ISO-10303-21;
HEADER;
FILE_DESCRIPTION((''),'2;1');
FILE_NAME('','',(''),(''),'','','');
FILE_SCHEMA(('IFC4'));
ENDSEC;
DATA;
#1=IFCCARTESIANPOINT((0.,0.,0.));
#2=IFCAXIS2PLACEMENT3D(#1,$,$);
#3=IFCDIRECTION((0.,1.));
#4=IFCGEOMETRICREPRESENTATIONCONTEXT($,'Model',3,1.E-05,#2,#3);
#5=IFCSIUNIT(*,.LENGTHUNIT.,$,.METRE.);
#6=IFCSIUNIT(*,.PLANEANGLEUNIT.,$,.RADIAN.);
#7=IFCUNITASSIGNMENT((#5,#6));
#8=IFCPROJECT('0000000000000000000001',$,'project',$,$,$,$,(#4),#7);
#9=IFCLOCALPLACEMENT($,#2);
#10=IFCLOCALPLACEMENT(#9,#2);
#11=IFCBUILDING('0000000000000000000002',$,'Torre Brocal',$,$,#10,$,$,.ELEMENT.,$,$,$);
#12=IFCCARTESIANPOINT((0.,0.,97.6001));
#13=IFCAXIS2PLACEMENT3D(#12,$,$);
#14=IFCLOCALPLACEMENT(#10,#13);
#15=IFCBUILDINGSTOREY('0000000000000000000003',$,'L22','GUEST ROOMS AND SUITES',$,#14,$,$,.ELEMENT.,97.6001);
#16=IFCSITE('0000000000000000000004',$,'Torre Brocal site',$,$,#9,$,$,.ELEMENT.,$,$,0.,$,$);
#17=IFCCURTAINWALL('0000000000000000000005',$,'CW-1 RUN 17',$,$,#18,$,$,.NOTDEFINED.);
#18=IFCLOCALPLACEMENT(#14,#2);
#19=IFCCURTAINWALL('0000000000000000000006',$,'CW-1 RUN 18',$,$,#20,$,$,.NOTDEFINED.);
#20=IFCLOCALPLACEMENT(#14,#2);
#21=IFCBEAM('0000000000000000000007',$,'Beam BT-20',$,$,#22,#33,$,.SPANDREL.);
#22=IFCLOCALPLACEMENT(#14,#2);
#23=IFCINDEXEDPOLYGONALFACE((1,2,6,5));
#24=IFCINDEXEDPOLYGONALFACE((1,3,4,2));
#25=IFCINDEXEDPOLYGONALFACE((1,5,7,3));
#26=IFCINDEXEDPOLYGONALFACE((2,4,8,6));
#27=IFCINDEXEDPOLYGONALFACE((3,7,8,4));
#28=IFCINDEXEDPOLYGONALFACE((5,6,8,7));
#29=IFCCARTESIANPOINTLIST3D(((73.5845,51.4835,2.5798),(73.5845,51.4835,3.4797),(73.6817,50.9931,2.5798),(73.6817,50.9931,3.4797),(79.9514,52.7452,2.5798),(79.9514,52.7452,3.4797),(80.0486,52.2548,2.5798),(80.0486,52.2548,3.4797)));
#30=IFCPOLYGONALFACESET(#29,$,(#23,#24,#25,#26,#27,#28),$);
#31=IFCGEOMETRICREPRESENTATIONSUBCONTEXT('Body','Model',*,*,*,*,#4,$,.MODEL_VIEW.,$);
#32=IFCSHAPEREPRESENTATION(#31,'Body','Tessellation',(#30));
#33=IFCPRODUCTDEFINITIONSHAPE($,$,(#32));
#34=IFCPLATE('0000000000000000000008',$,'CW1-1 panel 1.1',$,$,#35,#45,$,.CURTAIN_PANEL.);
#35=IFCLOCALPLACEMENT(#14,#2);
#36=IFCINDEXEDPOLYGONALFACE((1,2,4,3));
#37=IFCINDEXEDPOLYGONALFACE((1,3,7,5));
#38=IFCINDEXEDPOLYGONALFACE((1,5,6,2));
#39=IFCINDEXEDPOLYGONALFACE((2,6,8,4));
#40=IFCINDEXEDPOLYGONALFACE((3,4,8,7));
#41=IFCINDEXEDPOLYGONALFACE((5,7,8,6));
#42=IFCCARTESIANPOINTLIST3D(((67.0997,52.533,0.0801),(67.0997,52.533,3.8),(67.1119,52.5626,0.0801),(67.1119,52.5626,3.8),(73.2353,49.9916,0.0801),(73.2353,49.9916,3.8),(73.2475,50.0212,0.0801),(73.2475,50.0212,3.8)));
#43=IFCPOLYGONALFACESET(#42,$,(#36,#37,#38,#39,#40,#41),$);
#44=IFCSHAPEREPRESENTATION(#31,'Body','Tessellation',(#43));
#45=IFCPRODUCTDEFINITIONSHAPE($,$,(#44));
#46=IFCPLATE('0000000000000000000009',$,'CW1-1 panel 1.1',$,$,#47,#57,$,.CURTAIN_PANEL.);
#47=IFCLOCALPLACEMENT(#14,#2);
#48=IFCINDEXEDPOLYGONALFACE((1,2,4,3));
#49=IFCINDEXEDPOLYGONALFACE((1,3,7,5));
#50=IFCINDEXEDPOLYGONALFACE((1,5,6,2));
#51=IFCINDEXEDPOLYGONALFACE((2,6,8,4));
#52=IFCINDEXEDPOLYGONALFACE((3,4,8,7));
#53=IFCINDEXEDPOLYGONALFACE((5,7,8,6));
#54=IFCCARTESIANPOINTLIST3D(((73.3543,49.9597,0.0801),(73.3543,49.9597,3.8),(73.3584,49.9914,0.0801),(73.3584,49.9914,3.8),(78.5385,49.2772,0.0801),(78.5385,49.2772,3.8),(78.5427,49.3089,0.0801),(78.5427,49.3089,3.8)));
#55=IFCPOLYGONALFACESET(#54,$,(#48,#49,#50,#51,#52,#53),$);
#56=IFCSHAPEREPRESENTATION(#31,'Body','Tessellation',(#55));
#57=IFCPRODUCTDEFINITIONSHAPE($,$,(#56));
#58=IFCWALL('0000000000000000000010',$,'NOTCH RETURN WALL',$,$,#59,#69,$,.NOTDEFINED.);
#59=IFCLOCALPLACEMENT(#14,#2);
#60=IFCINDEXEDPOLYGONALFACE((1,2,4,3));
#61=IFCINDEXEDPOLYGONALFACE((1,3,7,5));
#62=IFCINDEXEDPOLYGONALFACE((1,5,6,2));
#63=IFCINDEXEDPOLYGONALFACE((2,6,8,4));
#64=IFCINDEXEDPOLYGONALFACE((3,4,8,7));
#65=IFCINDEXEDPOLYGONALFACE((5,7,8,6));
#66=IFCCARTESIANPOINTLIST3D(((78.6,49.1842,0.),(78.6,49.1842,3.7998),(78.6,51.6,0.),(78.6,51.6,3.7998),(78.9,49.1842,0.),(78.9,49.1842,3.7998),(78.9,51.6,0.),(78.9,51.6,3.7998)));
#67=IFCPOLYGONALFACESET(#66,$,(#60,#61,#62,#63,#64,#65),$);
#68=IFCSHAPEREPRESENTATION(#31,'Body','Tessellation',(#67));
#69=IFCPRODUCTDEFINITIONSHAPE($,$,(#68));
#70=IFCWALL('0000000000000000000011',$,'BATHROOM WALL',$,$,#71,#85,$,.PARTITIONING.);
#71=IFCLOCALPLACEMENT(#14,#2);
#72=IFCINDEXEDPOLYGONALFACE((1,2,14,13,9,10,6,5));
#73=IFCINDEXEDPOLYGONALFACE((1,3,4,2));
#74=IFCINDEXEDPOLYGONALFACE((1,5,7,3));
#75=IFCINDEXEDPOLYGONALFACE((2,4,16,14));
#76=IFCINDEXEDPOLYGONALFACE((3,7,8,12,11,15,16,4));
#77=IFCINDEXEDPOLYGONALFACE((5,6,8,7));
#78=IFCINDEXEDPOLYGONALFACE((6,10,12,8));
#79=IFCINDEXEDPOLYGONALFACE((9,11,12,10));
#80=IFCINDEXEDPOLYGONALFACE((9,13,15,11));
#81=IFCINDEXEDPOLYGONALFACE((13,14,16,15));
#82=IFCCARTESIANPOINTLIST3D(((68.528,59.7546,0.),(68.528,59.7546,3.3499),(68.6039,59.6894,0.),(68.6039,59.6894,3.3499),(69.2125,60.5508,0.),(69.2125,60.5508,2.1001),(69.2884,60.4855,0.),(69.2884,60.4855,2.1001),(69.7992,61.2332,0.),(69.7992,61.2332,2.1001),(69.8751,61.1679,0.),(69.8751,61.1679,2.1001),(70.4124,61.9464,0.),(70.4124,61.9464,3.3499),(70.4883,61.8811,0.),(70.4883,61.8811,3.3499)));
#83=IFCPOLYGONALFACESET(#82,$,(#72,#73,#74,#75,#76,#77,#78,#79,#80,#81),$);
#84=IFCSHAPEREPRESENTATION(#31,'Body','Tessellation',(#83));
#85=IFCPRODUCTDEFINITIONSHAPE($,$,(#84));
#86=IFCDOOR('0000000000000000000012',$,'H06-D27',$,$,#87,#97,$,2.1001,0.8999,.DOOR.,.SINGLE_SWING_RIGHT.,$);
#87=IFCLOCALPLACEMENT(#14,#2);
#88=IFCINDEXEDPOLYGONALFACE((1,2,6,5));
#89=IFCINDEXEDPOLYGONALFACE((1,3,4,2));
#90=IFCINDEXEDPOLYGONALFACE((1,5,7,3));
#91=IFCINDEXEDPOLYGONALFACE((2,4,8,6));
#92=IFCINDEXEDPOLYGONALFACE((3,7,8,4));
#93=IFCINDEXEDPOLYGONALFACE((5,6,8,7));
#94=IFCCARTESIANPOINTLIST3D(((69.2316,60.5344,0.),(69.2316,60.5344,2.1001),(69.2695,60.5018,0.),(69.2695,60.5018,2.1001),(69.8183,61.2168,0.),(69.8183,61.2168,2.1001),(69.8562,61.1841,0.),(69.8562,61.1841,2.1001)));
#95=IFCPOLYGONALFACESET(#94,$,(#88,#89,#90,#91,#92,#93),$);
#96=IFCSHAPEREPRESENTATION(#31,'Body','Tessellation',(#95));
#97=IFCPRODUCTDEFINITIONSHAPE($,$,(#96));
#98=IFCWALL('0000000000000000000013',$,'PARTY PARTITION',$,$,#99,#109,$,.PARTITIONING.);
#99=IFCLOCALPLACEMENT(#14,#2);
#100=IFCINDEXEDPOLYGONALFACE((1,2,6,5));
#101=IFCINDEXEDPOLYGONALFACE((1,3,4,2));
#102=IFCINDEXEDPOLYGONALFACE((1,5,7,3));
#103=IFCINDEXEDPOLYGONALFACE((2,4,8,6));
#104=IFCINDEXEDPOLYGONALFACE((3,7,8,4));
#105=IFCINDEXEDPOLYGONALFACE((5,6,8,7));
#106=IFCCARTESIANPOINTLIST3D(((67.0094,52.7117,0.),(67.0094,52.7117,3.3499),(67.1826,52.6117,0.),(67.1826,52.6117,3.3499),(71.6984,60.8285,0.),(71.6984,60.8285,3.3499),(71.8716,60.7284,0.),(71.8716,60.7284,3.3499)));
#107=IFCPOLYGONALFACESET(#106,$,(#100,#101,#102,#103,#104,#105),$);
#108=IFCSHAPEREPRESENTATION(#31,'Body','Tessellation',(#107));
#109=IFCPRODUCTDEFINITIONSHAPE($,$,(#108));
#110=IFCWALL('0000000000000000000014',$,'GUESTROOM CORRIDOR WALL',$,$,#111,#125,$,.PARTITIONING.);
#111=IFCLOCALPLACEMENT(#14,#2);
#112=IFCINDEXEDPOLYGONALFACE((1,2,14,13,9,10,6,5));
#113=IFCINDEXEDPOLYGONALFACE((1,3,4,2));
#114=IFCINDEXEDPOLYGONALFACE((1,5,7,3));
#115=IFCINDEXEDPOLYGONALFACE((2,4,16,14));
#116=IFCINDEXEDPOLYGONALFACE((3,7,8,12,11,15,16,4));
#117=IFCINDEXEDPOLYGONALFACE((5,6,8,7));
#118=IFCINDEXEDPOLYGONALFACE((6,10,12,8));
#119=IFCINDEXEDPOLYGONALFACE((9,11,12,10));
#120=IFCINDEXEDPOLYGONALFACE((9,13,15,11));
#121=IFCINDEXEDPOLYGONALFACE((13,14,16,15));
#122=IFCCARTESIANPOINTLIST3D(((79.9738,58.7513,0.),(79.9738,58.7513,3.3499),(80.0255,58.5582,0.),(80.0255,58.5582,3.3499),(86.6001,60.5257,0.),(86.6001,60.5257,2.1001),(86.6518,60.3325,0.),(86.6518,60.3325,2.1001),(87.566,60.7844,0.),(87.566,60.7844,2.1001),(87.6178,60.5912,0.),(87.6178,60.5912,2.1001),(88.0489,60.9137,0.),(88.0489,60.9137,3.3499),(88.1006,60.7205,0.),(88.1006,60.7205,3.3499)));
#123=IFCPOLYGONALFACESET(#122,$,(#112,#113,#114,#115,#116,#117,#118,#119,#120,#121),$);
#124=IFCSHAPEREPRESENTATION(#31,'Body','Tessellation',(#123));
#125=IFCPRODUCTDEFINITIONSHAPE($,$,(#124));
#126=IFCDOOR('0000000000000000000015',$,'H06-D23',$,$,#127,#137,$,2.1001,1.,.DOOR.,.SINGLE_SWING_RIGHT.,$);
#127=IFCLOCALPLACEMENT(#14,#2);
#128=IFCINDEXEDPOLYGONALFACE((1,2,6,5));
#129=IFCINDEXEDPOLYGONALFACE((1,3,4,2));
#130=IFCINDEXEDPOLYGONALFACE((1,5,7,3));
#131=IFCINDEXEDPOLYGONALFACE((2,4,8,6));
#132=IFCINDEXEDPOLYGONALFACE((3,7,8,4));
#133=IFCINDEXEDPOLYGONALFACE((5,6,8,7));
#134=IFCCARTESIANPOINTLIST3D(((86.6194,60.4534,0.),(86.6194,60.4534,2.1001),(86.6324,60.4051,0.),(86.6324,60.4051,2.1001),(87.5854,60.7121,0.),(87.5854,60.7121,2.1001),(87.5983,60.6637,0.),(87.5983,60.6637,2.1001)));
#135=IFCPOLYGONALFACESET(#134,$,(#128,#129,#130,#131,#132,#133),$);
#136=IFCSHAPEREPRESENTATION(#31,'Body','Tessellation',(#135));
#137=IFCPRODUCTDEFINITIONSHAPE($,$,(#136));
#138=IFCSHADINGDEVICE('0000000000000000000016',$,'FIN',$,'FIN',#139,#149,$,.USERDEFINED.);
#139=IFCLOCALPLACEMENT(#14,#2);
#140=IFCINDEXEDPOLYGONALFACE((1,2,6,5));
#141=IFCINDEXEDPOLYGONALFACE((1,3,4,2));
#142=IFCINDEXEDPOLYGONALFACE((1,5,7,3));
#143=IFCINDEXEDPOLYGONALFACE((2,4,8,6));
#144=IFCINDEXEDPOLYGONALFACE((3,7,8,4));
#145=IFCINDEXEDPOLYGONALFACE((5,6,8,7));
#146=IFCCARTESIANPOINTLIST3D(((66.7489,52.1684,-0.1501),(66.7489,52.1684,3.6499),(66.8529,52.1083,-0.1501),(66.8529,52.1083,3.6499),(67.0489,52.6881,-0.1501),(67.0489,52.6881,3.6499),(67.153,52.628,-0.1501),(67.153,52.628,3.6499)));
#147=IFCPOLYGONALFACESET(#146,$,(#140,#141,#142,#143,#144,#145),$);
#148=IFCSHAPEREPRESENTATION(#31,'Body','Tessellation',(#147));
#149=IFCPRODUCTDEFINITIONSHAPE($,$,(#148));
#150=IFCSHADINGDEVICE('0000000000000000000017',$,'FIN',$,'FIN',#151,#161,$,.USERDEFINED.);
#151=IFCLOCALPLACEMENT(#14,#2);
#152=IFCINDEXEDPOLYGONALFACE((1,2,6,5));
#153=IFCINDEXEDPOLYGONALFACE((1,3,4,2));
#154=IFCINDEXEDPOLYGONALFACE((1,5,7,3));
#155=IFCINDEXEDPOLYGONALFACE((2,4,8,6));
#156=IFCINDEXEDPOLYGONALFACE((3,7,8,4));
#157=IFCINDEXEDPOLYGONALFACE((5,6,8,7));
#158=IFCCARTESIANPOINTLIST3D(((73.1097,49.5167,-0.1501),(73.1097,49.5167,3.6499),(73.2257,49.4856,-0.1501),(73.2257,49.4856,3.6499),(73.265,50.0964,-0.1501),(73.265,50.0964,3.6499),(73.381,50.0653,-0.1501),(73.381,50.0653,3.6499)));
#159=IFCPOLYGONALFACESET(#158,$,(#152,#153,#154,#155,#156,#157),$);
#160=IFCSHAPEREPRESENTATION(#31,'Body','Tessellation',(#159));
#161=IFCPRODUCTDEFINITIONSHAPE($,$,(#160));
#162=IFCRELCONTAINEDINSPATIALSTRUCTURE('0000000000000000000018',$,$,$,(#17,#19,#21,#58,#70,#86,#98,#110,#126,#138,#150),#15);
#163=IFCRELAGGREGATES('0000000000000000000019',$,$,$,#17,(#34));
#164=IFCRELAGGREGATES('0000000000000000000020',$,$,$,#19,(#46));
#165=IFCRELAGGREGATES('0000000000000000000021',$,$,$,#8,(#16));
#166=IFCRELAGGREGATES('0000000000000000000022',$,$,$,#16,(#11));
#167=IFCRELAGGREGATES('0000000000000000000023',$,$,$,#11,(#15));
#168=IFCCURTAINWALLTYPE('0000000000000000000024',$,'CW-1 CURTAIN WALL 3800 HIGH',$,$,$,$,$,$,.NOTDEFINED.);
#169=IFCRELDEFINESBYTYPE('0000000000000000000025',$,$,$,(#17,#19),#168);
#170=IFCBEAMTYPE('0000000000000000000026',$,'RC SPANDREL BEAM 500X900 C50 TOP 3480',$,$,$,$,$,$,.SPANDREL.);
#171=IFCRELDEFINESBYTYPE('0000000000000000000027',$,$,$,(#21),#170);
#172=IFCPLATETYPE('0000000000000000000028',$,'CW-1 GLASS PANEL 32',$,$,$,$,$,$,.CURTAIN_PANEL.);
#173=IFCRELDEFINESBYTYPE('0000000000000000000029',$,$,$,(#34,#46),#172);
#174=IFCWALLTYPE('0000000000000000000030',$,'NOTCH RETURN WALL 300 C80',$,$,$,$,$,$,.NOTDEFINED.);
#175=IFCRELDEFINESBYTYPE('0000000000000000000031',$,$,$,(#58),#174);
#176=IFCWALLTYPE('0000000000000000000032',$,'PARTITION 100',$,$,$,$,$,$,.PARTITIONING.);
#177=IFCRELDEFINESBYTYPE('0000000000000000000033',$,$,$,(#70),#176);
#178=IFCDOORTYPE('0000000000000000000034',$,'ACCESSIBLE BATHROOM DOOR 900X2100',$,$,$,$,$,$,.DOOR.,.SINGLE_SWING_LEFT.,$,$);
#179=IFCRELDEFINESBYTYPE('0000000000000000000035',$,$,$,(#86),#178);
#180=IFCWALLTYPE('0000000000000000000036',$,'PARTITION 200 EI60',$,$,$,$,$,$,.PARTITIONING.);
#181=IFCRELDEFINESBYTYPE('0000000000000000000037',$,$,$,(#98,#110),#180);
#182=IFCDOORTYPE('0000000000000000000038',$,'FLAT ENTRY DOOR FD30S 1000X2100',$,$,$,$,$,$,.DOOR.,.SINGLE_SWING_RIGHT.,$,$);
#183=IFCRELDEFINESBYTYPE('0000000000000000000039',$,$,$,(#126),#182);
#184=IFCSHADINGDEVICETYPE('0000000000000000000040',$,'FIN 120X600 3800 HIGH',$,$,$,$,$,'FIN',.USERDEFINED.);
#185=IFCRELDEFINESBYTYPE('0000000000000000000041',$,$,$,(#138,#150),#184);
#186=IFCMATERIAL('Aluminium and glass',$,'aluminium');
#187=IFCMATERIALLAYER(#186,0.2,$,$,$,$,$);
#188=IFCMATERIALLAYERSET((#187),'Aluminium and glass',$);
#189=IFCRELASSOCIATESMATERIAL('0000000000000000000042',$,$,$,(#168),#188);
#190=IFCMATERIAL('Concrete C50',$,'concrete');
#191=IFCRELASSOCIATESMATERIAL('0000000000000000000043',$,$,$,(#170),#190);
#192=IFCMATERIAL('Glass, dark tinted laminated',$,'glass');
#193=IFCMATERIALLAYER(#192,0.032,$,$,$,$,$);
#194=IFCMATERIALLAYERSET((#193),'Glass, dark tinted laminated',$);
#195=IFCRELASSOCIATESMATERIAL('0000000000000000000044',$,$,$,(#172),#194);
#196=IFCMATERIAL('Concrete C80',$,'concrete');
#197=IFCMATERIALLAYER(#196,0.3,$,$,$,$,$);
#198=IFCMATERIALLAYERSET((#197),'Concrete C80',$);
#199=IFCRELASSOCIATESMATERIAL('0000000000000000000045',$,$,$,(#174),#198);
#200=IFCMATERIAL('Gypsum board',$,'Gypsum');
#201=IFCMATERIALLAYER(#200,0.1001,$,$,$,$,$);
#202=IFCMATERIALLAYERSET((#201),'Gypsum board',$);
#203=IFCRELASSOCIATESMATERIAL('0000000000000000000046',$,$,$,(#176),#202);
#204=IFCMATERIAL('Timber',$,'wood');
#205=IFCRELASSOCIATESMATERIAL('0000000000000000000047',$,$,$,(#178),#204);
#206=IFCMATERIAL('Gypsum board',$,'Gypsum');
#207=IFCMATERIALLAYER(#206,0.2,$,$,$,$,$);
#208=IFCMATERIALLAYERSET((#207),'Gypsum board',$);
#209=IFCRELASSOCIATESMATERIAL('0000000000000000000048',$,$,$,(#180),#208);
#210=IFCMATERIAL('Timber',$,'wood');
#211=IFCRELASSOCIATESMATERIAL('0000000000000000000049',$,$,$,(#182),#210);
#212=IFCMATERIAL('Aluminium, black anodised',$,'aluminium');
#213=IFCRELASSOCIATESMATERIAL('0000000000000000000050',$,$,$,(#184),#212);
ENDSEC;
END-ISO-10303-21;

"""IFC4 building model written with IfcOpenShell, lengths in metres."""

from ifc_helpers import new_model, si_unit, direction, frame, frame_2d, origin, origin_2d, place, context, subcontext, project, spatial, rectangle, extrude, material, layer, layer_set, material_profile, profile_set, type_object, element, fill, aggregate, save


model = new_model("IFC4")

# Units and contexts
model_context = context("Model", 3, precision=1e-05, world=origin(), true_north=direction((0.0, 1.0)))
body_context = subcontext(model_context, "Body", "Model", "MODEL_VIEW")
ifc_project = project(units=[si_unit("LENGTHUNIT", "METRE"), si_unit("PLANEANGLEUNIT", "RADIAN")], contexts=[model_context])

# Site, building, storey
site_placement = place(None, origin())
site = spatial("IfcSite", under=ifc_project, at=site_placement, Name="Torre Brocal site", CompositionType="ELEMENT", RefElevation=0.0)
building_placement = place(site_placement, origin())
building = spatial("IfcBuilding", under=site, at=building_placement, Name="Torre Brocal", CompositionType="ELEMENT")
storey_placement = place(building_placement, frame((0.0, 0.0, 97.6001)))
storey = spatial("IfcBuildingStorey", under=building, at=storey_placement, Name="L22", Description="GUEST ROOMS AND SUITES", CompositionType="ELEMENT", Elevation=97.6001)

# Shared definitions
ifc_material_1 = material(Name="Aluminium and glass", Category="aluminium")
ifc_layer_1 = layer(ifc_material_1, 0.2)
ifc_layer_set_1 = layer_set([ifc_layer_1], Name="Aluminium and glass")
curtain_wall_type = type_object("IfcCurtainWallType", Name="CW-1 CURTAIN WALL 3800 HIGH", PredefinedType="NOTDEFINED", material=ifc_layer_set_1)

# Curtain walls
curtain_wall_1_placement = place(storey_placement, origin())
curtain_wall_1 = element("IfcCurtainWall", 1, at=curtain_wall_1_placement, inside=storey, type_object=curtain_wall_type, Name="CW-1 RUN 17", PredefinedType="NOTDEFINED")
curtain_wall_2_placement = place(storey_placement, origin())
curtain_wall_2 = element("IfcCurtainWall", 2, at=curtain_wall_2_placement, inside=storey, type_object=curtain_wall_type, Name="CW-1 RUN 18", PredefinedType="NOTDEFINED")

# Beam
ifc_material_2 = material(Name="Concrete C50", Category="concrete")
ifc_material_profile_1 = material_profile(ifc_material_2, rectangle(XDim=0.5, YDim=0.8999, at=origin_2d()), Name="RC 500X900")
ifc_profile_set_1 = profile_set([ifc_material_profile_1], Name="Concrete C50")
beam_type_1 = type_object("IfcBeamType", Name="RC SPANDREL BEAM 500X900 C50 TOP 3480", PredefinedType="SPANDREL", material=ifc_profile_set_1)
beam_1_placement = place(storey_placement, frame((73.6331, 51.2383, 3.0298), z_axis=(0.980925, 0.194387, 0.0), x_axis=(-0.194387, 0.980925, 0.0)))
element("IfcBeam", 3, at=beam_1_placement, inside=storey, type_object=beam_type_1, Name="Beam BT-20", PredefinedType="SPANDREL", context=body_context, shape_type="SweptSolid", body=[
    extrude(rectangle(XDim=0.5, YDim=0.8999, at=origin_2d()), origin(), (0.0, 0.0, 1.0), 6.4907),
])

# Plates
ifc_material_3 = material(Name="Glass, dark tinted laminated", Category="glass")
ifc_layer_2 = layer(ifc_material_3, 0.032)
ifc_layer_set_2 = layer_set([ifc_layer_2], Name="Glass, dark tinted laminated")
plate_type = type_object("IfcPlateType", Name="CW-1 GLASS PANEL 32", PredefinedType="CURTAIN_PANEL", material=ifc_layer_set_2)
plate_1_placement = place(storey_placement, frame((70.1736, 51.2771, 0.0801), z_axis=(0.0, 0.0, 1.0), x_axis=(0.92388, -0.382683, 0.0)))
plate_1 = element("IfcPlate", 4, at=plate_1_placement, type_object=plate_type, Name="CW1-1 panel 1.1", PredefinedType="CURTAIN_PANEL", context=body_context, shape_type="SweptSolid", body=[
    extrude(rectangle(XDim=6.6411, YDim=0.032, at=origin_2d()), origin(), (0.0, 0.0, 1.0), 3.72),
])
aggregate(curtain_wall_1, [plate_1])
plate_2_placement = place(storey_placement, frame((75.9485, 49.6343, 0.0801), z_axis=(0.0, 0.0, 1.0), x_axis=(0.991445, -0.130526, 0.0)))
plate_2 = element("IfcPlate", 5, at=plate_2_placement, type_object=plate_type, Name="CW1-1 panel 1.1", PredefinedType="CURTAIN_PANEL", context=body_context, shape_type="SweptSolid", body=[
    extrude(rectangle(XDim=5.229, YDim=0.032, at=origin_2d()), origin(), (0.0, 0.0, 1.0), 3.72),
])
aggregate(curtain_wall_2, [plate_2])

# Wall
ifc_material_4 = material(Name="Concrete C80", Category="concrete")
ifc_layer_3 = layer(ifc_material_4, 0.3)
ifc_layer_set_3 = layer_set([ifc_layer_3], Name="Concrete C80")
wall_type_1 = type_object("IfcWallType", Name="NOTCH RETURN WALL 300 C80", PredefinedType="NOTDEFINED", material=ifc_layer_set_3)
wall_1_placement = place(storey_placement, frame((78.75, 51.6001, 0.0), z_axis=(0.0, 0.0, 1.0), x_axis=(0.0, -1.0, 0.0)))
element("IfcWall", 6, at=wall_1_placement, inside=storey, type_object=wall_type_1, Name="NOTCH RETURN WALL", PredefinedType="NOTDEFINED", context=body_context, shape_type="SweptSolid", body=[
    extrude(rectangle(XDim=2.4158, YDim=0.3, at=frame_2d((1.208, 0.0))), origin(), (0.0, 0.0, 1.0), 3.7998),
])

# Wall, opening, door
ifc_material_5 = material(Name="Gypsum board", Category="Gypsum")
ifc_layer_4 = layer(ifc_material_5, 0.1001)
ifc_layer_set_4 = layer_set([ifc_layer_4], Name="Gypsum board")
wall_type_2 = type_object("IfcWallType", Name="PARTITION 100", PredefinedType="PARTITIONING", material=ifc_layer_set_4)
wall_2_placement = place(storey_placement, frame((68.5659, 59.7219, 0.0), z_axis=(0.0, 0.0, 1.0), x_axis=(0.651931, 0.758278, 0.0)))
wall_2 = element("IfcWall", 7, at=wall_2_placement, inside=storey, type_object=wall_type_2, Name="BATHROOM WALL", PredefinedType="PARTITIONING", context=body_context, shape_type="SweptSolid", body=[
    extrude(rectangle(XDim=2.8904, YDim=0.1001, at=frame_2d((1.4453, 0.0))), origin(), (0.0, 0.0, 1.0), 3.3499),
])
opening_1_placement = place(wall_2_placement, frame((1.05, 0.0, 0.0)))
opening_1 = element("IfcOpeningElement", 8, at=opening_1_placement, cuts=wall_2, PredefinedType="OPENING", context=body_context, shape_type="SweptSolid", body=[
    extrude(rectangle(XDim=0.8999, YDim=2.1001, at=frame_2d((0.45, 1.05))), frame((0.0, 0.0601, 0.0), z_axis=(0.0, -1.0, 0.0), x_axis=(1.0, 0.0, 0.0)), (0.0, 0.0, 1.0), 0.1201),
])
ifc_material_6 = material(Name="Timber", Category="wood")
door_type_1 = type_object("IfcDoorType", Name="ACCESSIBLE BATHROOM DOOR 900X2100", OperationType="SINGLE_SWING_LEFT", PredefinedType="DOOR", material=ifc_material_6)
door_1_placement = place(opening_1_placement, origin())
door_1 = element("IfcDoor", 9, at=door_1_placement, inside=storey, type_object=door_type_1, Name="H06-D27", OperationType="SINGLE_SWING_RIGHT", OverallHeight=2.1001, OverallWidth=0.8999, PredefinedType="DOOR", context=body_context, shape_type="SweptSolid", body=[
    extrude(rectangle(XDim=0.8999, YDim=2.1001, at=frame_2d((0.45, 1.05))), frame((0.0, 0.0249, 0.0), z_axis=(0.0, -1.0, 0.0), x_axis=(1.0, 0.0, 0.0)), (0.0, 0.0, 1.0), 0.05),
])
fill(opening_1, door_1)

# Wall
ifc_material_7 = material(Name="Gypsum board", Category="Gypsum")
ifc_layer_5 = layer(ifc_material_7, 0.2)
ifc_layer_set_5 = layer_set([ifc_layer_5], Name="Gypsum board")
wall_type_3 = type_object("IfcWallType", Name="PARTITION 200 EI60", PredefinedType="PARTITIONING", material=ifc_layer_set_5)
wall_3_placement = place(storey_placement, frame((67.0959, 52.6616, 0.0), z_axis=(0.0, 0.0, 1.0), x_axis=(0.500223, 0.865897, 0.0)))
element("IfcWall", 10, at=wall_3_placement, inside=storey, type_object=wall_type_3, Name="PARTY PARTITION", PredefinedType="PARTITIONING", context=body_context, shape_type="SweptSolid", body=[
    extrude(rectangle(XDim=9.3738, YDim=0.2, at=frame_2d((4.687, 0.0))), origin(), (0.0, 0.0, 1.0), 3.3499),
])

# Wall, opening, door
wall_4_placement = place(storey_placement, frame((79.9998, 58.6548, 0.0), z_axis=(0.0, 0.0, 1.0), x_axis=(0.965967, 0.258664, 0.0)))
wall_4 = element("IfcWall", 11, at=wall_4_placement, inside=storey, type_object=wall_type_3, Name="GUESTROOM CORRIDOR WALL", PredefinedType="PARTITIONING", context=body_context, shape_type="SweptSolid", body=[
    extrude(rectangle(XDim=8.3596, YDim=0.2, at=frame_2d((4.1797, 0.0))), origin(), (0.0, 0.0, 1.0), 3.3499),
])
opening_2_placement = place(wall_4_placement, frame((6.8596, 0.0, 0.0)))
opening_2 = element("IfcOpeningElement", 12, at=opening_2_placement, cuts=wall_4, PredefinedType="OPENING", context=body_context, shape_type="SweptSolid", body=[
    extrude(rectangle(XDim=1.0, YDim=2.1001, at=frame_2d((0.5, 1.05))), frame((0.0, 0.1099, 0.0), z_axis=(0.0, -1.0, 0.0), x_axis=(1.0, 0.0, 0.0)), (0.0, 0.0, 1.0), 0.22),
])
ifc_material_8 = material(Name="Timber", Category="wood")
door_type_2 = type_object("IfcDoorType", Name="FLAT ENTRY DOOR FD30S 1000X2100", OperationType="SINGLE_SWING_RIGHT", PredefinedType="DOOR", material=ifc_material_8)
door_2_placement = place(opening_2_placement, frame((1.0, 0.0, 0.0), z_axis=(0.0, 0.0, 1.0), x_axis=(-1.0, 0.0, 0.0)))
door_2 = element("IfcDoor", 13, at=door_2_placement, inside=storey, type_object=door_type_2, Name="H06-D23", OperationType="SINGLE_SWING_RIGHT", OverallHeight=2.1001, OverallWidth=1.0, PredefinedType="DOOR", context=body_context, shape_type="SweptSolid", body=[
    extrude(rectangle(XDim=1.0, YDim=2.1001, at=frame_2d((0.5, 1.05))), frame((0.0, 0.0249, 0.0), z_axis=(0.0, -1.0, 0.0), x_axis=(1.0, 0.0, 0.0)), (0.0, 0.0, 1.0), 0.05),
])
fill(opening_2, door_2)

# Shading devices
ifc_material_9 = material(Name="Aluminium, black anodised", Category="aluminium")
ifc_material_profile_2 = material_profile(ifc_material_9, rectangle(XDim=0.1201, YDim=0.6001, at=origin_2d()), Name="FIN 120X600 3800 HIGH")
ifc_profile_set_2 = profile_set([ifc_material_profile_2], Name="Aluminium, black anodised")
shading_device_type = type_object("IfcShadingDeviceType", Name="FIN 120X600 3800 HIGH", ElementType="FIN", PredefinedType="USERDEFINED", material=ifc_profile_set_2)
for number, where, z_axis, x_axis, name in (
    (14, (66.9509, 52.3982, -0.1501), (0.0, 0.0, 1.0), (0.866025, -0.5, 0.0), "FIN"),
    (15, (73.2454, 49.791, -0.1501), (0.0, 0.0, 1.0), (0.965926, -0.258819, 0.0), "FIN"),
):
    element("IfcShadingDevice", number, at=place(storey_placement, frame(where, z_axis=z_axis, x_axis=x_axis)), inside=storey, type_object=shading_device_type, Name=name, ObjectType="FIN", PredefinedType="USERDEFINED", context=body_context, shape_type="SweptSolid", body=[
        extrude(rectangle(XDim=0.1201, YDim=0.6001, at=origin_2d()), origin(), (0.0, 0.0, 1.0), 3.8),
    ])

save(model, "model.ifc")
